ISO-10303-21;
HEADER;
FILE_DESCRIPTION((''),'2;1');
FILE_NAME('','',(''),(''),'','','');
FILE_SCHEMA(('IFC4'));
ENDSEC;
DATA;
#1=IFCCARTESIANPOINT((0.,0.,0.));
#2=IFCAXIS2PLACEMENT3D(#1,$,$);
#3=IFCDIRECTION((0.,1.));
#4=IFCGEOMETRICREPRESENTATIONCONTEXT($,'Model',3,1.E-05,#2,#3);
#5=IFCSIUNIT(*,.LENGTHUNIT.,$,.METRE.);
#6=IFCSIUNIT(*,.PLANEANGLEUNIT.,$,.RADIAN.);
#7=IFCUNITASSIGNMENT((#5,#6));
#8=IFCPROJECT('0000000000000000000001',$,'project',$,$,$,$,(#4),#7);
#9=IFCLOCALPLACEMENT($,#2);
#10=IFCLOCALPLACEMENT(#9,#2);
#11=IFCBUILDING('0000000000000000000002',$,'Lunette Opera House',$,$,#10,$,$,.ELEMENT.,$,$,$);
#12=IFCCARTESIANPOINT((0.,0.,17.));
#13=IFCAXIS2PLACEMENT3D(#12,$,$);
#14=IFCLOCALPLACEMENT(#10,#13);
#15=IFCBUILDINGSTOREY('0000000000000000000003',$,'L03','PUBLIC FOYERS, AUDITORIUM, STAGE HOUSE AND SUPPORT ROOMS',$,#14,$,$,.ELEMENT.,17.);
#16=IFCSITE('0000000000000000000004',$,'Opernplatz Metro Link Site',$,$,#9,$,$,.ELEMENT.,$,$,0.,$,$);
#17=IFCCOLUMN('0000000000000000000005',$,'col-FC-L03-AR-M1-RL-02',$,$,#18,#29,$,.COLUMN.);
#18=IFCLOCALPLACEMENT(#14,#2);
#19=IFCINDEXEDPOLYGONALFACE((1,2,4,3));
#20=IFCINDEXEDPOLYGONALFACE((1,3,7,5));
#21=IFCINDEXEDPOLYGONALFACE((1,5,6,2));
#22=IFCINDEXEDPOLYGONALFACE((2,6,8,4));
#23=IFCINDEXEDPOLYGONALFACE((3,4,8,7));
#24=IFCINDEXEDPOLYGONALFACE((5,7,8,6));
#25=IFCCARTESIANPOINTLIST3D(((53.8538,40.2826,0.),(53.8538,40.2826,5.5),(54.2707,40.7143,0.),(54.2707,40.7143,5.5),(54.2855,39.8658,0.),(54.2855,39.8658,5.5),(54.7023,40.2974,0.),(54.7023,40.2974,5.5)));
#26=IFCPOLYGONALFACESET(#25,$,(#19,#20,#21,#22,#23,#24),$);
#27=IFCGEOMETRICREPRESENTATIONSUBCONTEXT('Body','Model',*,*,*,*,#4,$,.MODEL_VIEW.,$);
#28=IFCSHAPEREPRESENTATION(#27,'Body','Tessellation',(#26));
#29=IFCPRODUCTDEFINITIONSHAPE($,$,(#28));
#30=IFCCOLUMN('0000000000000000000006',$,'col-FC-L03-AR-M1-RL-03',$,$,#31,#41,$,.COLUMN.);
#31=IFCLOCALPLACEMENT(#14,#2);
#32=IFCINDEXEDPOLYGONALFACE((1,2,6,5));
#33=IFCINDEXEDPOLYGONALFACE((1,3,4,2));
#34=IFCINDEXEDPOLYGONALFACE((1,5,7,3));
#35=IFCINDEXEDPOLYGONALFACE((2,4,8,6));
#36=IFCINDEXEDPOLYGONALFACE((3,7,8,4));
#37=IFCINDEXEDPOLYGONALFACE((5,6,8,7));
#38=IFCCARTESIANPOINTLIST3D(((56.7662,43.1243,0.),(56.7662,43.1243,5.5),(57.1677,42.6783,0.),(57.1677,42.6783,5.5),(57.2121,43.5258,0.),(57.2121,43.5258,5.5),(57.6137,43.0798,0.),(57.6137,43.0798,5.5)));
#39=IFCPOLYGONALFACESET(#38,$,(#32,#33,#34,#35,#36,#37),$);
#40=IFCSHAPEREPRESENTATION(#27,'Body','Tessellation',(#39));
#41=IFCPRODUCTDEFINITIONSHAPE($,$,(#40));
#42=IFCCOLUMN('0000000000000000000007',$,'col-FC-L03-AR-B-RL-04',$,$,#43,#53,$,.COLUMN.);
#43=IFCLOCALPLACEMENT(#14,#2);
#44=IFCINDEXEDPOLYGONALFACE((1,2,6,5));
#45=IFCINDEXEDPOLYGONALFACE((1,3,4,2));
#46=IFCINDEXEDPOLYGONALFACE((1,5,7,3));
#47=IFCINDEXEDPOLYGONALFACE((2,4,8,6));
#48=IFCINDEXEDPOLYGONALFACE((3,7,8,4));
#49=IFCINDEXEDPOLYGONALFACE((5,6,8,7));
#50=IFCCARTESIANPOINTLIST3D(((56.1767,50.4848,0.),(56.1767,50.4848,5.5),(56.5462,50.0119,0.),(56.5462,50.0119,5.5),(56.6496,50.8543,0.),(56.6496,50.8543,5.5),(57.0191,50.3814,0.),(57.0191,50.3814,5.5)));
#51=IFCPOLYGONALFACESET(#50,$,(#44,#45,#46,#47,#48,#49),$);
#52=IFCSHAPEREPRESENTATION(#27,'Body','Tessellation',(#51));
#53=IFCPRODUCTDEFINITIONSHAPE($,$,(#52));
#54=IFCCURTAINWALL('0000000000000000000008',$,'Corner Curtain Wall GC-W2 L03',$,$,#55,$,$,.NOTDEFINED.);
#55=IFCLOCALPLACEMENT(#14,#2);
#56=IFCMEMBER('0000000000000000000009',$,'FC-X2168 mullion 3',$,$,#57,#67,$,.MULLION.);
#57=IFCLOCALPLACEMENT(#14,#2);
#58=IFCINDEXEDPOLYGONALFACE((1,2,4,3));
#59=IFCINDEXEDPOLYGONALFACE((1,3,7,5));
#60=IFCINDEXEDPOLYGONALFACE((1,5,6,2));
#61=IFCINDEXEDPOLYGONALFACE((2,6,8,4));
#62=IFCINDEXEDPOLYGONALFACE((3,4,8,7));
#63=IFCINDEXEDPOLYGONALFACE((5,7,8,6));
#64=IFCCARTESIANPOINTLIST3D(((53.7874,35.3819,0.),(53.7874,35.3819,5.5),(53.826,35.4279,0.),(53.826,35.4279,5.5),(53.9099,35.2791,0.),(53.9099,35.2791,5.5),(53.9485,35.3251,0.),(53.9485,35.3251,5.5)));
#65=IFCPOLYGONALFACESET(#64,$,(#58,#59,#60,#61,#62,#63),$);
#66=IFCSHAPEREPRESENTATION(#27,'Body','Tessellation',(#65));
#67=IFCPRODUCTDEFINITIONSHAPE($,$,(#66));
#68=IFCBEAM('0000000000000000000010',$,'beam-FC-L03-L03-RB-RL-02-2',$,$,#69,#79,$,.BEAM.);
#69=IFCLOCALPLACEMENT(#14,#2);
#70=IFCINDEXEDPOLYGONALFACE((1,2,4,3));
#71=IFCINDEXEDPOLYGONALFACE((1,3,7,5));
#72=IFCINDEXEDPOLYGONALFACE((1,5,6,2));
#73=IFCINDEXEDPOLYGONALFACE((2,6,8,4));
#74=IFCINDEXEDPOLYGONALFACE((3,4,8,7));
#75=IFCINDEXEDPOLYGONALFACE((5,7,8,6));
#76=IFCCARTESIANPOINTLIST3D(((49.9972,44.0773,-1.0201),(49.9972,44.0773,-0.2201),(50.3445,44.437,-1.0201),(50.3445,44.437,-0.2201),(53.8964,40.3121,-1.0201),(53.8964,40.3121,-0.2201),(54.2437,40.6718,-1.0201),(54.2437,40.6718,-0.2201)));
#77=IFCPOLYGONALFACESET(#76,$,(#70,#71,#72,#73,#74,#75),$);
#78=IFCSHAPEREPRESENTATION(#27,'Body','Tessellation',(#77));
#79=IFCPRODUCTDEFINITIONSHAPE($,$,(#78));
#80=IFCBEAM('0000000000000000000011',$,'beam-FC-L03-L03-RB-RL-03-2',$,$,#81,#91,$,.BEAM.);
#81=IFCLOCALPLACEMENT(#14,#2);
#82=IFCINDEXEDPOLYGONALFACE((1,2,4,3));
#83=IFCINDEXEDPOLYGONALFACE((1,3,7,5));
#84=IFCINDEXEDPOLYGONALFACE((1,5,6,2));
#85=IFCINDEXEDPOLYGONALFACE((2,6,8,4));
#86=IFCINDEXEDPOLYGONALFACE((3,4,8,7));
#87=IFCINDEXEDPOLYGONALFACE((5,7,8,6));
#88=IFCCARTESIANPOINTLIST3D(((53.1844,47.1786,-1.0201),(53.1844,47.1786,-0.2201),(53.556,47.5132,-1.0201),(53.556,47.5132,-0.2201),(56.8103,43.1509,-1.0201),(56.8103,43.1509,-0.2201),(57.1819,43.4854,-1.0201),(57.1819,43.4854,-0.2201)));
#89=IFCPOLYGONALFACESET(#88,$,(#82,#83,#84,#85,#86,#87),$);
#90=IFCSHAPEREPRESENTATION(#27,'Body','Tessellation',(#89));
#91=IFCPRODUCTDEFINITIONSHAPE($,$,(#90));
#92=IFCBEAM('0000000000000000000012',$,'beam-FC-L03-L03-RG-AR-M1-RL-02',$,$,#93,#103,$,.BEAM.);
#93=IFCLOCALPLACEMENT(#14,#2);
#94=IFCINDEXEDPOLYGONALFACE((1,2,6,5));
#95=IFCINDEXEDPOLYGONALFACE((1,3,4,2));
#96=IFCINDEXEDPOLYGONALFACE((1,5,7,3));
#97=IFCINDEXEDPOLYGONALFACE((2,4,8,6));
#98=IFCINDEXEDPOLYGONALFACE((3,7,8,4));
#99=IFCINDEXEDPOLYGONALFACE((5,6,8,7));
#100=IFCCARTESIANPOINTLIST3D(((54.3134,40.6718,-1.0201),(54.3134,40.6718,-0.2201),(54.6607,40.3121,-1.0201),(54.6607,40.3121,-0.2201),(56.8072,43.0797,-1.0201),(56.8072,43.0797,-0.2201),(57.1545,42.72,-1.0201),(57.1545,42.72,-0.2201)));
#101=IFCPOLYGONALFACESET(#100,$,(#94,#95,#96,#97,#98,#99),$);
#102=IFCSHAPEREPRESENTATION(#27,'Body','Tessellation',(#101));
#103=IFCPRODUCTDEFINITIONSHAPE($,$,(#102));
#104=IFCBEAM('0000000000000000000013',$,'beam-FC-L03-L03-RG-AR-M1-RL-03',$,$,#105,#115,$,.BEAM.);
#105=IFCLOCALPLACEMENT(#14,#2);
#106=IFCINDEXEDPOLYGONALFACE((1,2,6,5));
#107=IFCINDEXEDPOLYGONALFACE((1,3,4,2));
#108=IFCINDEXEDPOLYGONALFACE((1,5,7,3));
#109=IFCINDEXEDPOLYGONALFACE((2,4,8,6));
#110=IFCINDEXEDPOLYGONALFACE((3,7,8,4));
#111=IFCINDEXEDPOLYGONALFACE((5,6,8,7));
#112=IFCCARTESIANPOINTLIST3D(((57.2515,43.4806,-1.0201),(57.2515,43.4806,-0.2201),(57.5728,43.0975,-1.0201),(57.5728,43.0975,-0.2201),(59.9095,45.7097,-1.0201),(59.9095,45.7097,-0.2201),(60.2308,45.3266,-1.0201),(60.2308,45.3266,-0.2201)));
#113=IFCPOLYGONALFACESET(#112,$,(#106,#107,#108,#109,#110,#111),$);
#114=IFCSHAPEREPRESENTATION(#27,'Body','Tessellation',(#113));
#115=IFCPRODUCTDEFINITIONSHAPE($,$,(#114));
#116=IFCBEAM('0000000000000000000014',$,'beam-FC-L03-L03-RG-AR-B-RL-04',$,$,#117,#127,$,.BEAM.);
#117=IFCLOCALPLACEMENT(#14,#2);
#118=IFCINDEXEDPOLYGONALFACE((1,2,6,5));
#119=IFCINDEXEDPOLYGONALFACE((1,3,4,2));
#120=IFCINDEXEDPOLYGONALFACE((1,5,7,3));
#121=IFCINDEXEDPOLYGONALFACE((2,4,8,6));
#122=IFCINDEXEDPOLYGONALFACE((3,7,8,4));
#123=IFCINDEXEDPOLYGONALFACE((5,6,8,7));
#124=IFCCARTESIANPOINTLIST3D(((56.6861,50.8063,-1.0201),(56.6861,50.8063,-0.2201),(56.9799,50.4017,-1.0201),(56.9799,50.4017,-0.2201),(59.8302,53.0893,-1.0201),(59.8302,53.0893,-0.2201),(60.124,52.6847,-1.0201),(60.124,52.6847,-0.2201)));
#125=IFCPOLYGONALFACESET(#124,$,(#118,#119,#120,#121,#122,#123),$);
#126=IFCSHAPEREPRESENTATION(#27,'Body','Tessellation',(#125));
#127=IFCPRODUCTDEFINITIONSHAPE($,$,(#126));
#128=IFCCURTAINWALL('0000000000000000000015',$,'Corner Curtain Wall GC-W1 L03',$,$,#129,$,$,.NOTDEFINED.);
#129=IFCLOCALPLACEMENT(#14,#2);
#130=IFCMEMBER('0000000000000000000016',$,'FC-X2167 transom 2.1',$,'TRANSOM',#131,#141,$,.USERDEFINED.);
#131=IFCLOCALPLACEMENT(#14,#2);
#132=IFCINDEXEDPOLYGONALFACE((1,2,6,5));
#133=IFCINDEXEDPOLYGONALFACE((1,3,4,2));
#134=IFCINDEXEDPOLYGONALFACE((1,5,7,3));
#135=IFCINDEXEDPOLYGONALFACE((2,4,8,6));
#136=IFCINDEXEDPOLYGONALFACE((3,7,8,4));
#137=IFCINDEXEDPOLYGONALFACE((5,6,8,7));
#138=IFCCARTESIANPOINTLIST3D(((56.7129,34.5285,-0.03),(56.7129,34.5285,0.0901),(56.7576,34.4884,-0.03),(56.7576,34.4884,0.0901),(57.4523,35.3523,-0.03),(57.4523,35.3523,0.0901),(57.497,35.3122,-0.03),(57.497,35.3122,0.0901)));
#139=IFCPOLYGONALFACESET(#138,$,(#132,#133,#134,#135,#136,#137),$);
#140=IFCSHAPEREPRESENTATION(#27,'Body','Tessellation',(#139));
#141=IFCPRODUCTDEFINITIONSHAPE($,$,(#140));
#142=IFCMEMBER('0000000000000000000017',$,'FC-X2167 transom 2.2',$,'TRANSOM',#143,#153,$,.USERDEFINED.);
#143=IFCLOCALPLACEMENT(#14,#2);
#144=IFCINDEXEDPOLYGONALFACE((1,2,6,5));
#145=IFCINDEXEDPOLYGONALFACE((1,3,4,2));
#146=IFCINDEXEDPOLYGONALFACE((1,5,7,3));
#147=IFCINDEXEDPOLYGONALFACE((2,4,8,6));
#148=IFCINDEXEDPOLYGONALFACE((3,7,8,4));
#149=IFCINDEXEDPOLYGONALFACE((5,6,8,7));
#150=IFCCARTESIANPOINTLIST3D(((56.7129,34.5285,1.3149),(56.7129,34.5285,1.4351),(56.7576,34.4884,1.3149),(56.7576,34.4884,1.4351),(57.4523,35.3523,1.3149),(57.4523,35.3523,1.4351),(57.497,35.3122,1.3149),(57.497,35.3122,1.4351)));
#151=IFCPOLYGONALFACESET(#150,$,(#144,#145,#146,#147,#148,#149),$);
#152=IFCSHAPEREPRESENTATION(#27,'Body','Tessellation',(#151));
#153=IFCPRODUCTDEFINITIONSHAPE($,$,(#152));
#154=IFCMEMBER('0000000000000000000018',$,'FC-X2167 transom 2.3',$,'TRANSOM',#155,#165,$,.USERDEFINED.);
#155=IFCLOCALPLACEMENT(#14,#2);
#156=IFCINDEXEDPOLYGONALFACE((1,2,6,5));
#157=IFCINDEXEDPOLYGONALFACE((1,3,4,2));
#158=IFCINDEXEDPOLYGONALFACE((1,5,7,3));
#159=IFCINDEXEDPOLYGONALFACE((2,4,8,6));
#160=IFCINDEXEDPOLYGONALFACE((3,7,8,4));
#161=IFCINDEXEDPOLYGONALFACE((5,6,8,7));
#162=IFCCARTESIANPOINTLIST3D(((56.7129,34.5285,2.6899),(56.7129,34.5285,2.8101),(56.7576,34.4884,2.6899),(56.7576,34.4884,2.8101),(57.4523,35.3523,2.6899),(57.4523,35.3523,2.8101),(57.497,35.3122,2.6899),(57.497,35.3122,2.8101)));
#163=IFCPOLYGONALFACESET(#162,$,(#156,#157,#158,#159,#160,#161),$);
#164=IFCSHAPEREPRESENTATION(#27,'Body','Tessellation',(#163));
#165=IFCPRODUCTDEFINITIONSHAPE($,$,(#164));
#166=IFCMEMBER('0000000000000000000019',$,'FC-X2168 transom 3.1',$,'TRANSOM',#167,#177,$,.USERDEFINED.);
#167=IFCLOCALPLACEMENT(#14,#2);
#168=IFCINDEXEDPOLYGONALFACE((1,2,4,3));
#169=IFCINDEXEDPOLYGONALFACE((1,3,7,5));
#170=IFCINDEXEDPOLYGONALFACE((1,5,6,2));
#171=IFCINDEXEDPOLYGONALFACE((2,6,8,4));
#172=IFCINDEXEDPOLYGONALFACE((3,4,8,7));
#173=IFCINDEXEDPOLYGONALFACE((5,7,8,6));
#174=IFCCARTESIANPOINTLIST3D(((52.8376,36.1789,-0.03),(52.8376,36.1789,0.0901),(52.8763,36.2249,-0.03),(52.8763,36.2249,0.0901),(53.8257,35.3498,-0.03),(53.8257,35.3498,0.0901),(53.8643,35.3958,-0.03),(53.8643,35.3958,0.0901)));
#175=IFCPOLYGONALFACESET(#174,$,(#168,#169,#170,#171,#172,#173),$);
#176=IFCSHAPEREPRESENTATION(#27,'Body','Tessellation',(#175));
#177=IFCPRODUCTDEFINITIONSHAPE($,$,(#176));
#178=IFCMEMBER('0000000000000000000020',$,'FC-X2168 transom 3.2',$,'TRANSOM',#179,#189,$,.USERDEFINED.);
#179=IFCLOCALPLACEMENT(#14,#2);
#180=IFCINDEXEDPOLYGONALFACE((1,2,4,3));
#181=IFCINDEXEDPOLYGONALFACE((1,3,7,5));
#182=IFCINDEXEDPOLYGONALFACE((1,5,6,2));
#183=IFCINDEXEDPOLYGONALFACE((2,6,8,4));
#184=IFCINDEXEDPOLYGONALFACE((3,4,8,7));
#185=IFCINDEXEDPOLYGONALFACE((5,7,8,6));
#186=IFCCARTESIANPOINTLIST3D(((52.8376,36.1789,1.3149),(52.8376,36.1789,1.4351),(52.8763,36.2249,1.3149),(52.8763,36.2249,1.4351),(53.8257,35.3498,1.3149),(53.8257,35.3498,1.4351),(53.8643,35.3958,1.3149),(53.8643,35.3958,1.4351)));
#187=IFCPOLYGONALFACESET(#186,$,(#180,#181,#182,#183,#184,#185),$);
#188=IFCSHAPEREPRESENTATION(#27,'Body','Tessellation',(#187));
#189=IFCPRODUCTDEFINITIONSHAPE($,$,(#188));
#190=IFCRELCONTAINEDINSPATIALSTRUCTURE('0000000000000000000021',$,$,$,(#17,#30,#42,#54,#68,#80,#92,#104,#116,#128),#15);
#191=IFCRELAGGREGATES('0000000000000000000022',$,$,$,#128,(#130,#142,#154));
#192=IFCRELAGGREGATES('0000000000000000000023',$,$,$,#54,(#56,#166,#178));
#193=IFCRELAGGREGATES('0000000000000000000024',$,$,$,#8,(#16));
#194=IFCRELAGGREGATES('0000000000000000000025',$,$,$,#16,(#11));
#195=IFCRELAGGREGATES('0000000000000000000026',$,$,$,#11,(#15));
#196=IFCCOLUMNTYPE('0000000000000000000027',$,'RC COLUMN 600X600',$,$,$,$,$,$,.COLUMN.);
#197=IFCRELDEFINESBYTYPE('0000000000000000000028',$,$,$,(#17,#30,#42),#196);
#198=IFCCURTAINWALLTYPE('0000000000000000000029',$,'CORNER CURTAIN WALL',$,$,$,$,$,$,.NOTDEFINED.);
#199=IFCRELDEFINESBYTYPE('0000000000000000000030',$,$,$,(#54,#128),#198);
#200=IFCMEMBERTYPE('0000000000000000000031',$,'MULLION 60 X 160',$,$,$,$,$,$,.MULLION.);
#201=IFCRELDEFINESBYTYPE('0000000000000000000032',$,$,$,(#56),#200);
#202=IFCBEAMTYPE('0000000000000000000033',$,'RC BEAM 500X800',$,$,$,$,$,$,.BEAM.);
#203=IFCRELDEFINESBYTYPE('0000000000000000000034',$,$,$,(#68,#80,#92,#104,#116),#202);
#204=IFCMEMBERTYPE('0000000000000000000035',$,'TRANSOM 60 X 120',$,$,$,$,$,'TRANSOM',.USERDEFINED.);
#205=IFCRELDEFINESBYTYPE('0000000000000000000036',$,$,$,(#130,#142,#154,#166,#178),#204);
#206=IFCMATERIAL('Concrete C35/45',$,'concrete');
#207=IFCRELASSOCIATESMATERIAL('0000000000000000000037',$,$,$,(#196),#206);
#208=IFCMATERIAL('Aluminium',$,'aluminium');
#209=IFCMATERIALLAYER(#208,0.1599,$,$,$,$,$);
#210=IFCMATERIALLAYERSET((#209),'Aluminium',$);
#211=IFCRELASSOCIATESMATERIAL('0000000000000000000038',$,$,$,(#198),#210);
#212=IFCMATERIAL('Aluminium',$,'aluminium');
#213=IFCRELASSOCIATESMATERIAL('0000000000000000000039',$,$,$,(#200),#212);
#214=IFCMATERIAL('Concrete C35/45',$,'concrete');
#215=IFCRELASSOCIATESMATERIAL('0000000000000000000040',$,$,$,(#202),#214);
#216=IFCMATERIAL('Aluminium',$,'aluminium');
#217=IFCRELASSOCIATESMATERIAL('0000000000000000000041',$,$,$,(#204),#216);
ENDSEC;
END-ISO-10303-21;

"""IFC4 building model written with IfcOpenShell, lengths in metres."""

from ifc_helpers import new_model, si_unit, direction, frame, origin, origin_2d, place, context, subcontext, project, spatial, rectangle, extrude, material, layer, layer_set, material_profile, profile_set, type_object, element, aggregate, save


model = new_model("IFC4")

# Units and contexts
model_context = context("Model", 3, precision=1e-05, world=origin(), true_north=direction((0.0, 1.0)))
body_context = subcontext(model_context, "Body", "Model", "MODEL_VIEW")
ifc_project = project(units=[si_unit("LENGTHUNIT", "METRE"), si_unit("PLANEANGLEUNIT", "RADIAN")], contexts=[model_context])

# Site, building, storey
site_placement = place(None, origin())
site = spatial("IfcSite", under=ifc_project, at=site_placement, Name="Opernplatz Metro Link Site", CompositionType="ELEMENT", RefElevation=0.0)
building_placement = place(site_placement, origin())
building = spatial("IfcBuilding", under=site, at=building_placement, Name="Lunette Opera House", CompositionType="ELEMENT")
storey_placement = place(building_placement, frame((0.0, 0.0, 17.0)))
storey = spatial("IfcBuildingStorey", under=building, at=storey_placement, Name="L03", Description="PUBLIC FOYERS, AUDITORIUM, STAGE HOUSE AND SUPPORT ROOMS", CompositionType="ELEMENT", Elevation=17.0)

# Columns
ifc_material_1 = material(Name="Concrete C35/45", Category="concrete")
ifc_material_profile_1 = material_profile(ifc_material_1, rectangle(XDim=0.6001, YDim=0.6001, at=origin_2d()), Name="RC COLUMN 600X600")
ifc_profile_set_1 = profile_set([ifc_material_profile_1], Name="Concrete C35/45")
column_type = type_object("IfcColumnType", Name="RC COLUMN 600X600", PredefinedType="COLUMN", material=ifc_profile_set_1)
for number, where, z_axis, x_axis, name in (
    (1, (54.2781, 40.29, 0.0), (0.0, 0.0, 1.0), (0.694658, 0.71934, 0.0), "col-FC-L03-AR-M1-RL-02"),
    (2, (57.1899, 43.1021, 0.0), (0.0, 0.0, 1.0), (0.743145, 0.669131, 0.0), "col-FC-L03-AR-M1-RL-03"),
    (3, (56.5979, 50.4331, 0.0), (0.0, 0.0, 1.0), (0.788011, 0.615661, 0.0), "col-FC-L03-AR-B-RL-04"),
):
    element("IfcColumn", number, at=place(storey_placement, frame(where, z_axis=z_axis, x_axis=x_axis)), inside=storey, type_object=column_type, Name=name, PredefinedType="COLUMN", context=body_context, shape_type="SweptSolid", body=[
        extrude(rectangle(XDim=0.6001, YDim=0.6001, at=origin_2d()), origin(), (0.0, 0.0, 1.0), 5.5),
    ])

# Curtain wall, member
ifc_material_2 = material(Name="Aluminium", Category="aluminium")
ifc_layer_1 = layer(ifc_material_2, 0.1599)
ifc_layer_set_1 = layer_set([ifc_layer_1], Name="Aluminium")
curtain_wall_type = type_object("IfcCurtainWallType", Name="CORNER CURTAIN WALL", PredefinedType="NOTDEFINED", material=ifc_layer_set_1)
curtain_wall_1_placement = place(storey_placement, origin())
curtain_wall_1 = element("IfcCurtainWall", 4, at=curtain_wall_1_placement, inside=storey, type_object=curtain_wall_type, Name="Corner Curtain Wall GC-W2 L03", PredefinedType="NOTDEFINED")
ifc_material_3 = material(Name="Aluminium", Category="aluminium")
ifc_material_profile_2 = material_profile(ifc_material_3, rectangle(XDim=0.0601, YDim=0.1599, at=origin_2d()), Name="MULLION 60 X 160")
ifc_profile_set_2 = profile_set([ifc_material_profile_2], Name="Aluminium")
member_type_1 = type_object("IfcMemberType", Name="MULLION 60 X 160", PredefinedType="MULLION", material=ifc_profile_set_2)
member_1_placement = place(storey_placement, frame((53.8679, 35.3535, 0.0), z_axis=(0.0, 0.0, 1.0), x_axis=(-0.64284, -0.766, 0.0)))
member_1 = element("IfcMember", 5, at=member_1_placement, type_object=member_type_1, Name="FC-X2168 mullion 3", PredefinedType="MULLION", context=body_context, shape_type="SweptSolid", body=[
    extrude(rectangle(XDim=0.0601, YDim=0.1599, at=origin_2d()), origin(), (0.0, 0.0, 1.0), 5.5),
])

# Beams
ifc_material_4 = material(Name="Concrete C35/45", Category="concrete")
ifc_material_profile_3 = material_profile(ifc_material_4, rectangle(XDim=0.5, YDim=0.8, at=origin_2d()), Name="RC BEAM 500X800")
ifc_profile_set_3 = profile_set([ifc_material_profile_3], Name="Concrete C35/45")
beam_type = type_object("IfcBeamType", Name="RC BEAM 500X800", PredefinedType="BEAM", material=ifc_profile_set_3)
beam_1_placement = place(storey_placement, frame((54.0701, 40.4919, -0.6201), z_axis=(-0.719363, 0.694635, 0.0), x_axis=(-0.694635, -0.719363, 0.0)))
element("IfcBeam", 6, at=beam_1_placement, inside=storey, type_object=beam_type, Name="beam-FC-L03-L03-RB-RL-02-2", PredefinedType="BEAM", context=body_context, shape_type="SweptSolid", body=[
    extrude(rectangle(XDim=0.5, YDim=0.8, at=origin_2d()), origin(), (0.0, 0.0, 1.0), 5.4204),
])
beam_2_placement = place(storey_placement, frame((56.9961, 43.3181, -0.6201), z_axis=(-0.669059, 0.743209, 0.0), x_axis=(-0.743209, -0.669059, 0.0)))
element("IfcBeam", 7, at=beam_2_placement, inside=storey, type_object=beam_type, Name="beam-FC-L03-L03-RB-RL-03-2", PredefinedType="BEAM", context=body_context, shape_type="SweptSolid", body=[
    extrude(rectangle(XDim=0.5, YDim=0.8, at=origin_2d()), origin(), (0.0, 0.0, 1.0), 5.4194),
])
beam_3_placement = place(storey_placement, frame((54.4871, 40.4919, -0.6201), z_axis=(0.719393, 0.694603, 0.0), x_axis=(-0.694603, 0.719393, 0.0)))
element("IfcBeam", 8, at=beam_3_placement, inside=storey, type_object=beam_type, Name="beam-FC-L03-L03-RG-AR-M1-RL-02", PredefinedType="BEAM", context=body_context, shape_type="SweptSolid", body=[
    extrude(rectangle(XDim=0.5, YDim=0.8, at=origin_2d()), origin(), (0.0, 0.0, 1.0), 3.4666),
])
beam_4_placement = place(storey_placement, frame((57.4121, 43.2891, -0.6201), z_axis=(0.766227, 0.64257, 0.0), x_axis=(-0.64257, 0.766227, 0.0)))
element("IfcBeam", 9, at=beam_4_placement, inside=storey, type_object=beam_type, Name="beam-FC-L03-L03-RG-AR-M1-RL-03", PredefinedType="BEAM", context=body_context, shape_type="SweptSolid", body=[
    extrude(rectangle(XDim=0.5, YDim=0.8, at=origin_2d()), origin(), (0.0, 0.0, 1.0), 3.469),
])
beam_5_placement = place(storey_placement, frame((56.833, 50.604, -0.6201), z_axis=(0.809179, 0.587563, 0.0), x_axis=(-0.587563, 0.809179, 0.0)))
element("IfcBeam", 10, at=beam_5_placement, inside=storey, type_object=beam_type, Name="beam-FC-L03-L03-RG-AR-B-RL-04", PredefinedType="BEAM", context=body_context, shape_type="SweptSolid", body=[
    extrude(rectangle(XDim=0.5, YDim=0.8, at=origin_2d()), origin(), (0.0, 0.0, 1.0), 3.8855),
])

# Curtain wall, members
curtain_wall_2_placement = place(storey_placement, origin())
curtain_wall_2 = element("IfcCurtainWall", 11, at=curtain_wall_2_placement, inside=storey, type_object=curtain_wall_type, Name="Corner Curtain Wall GC-W1 L03", PredefinedType="NOTDEFINED")
ifc_material_5 = material(Name="Aluminium", Category="aluminium")
ifc_material_profile_4 = material_profile(ifc_material_5, rectangle(XDim=0.0601, YDim=0.1201, at=origin_2d()), Name="TRANSOM 60 X 120")
ifc_profile_set_4 = profile_set([ifc_material_profile_4], Name="Aluminium")
member_type_2 = type_object("IfcMemberType", Name="TRANSOM 60 X 120", ElementType="TRANSOM", PredefinedType="USERDEFINED", material=ifc_profile_set_4)
member_2_placement = place(storey_placement, frame((57.4746, 35.3323, 0.03), z_axis=(-0.667916, -0.744237, 0.0), x_axis=(0.744237, -0.667916, 0.0)))
member_2 = element("IfcMember", 12, at=member_2_placement, type_object=member_type_2, Name="FC-X2167 transom 2.1", ObjectType="TRANSOM", PredefinedType="USERDEFINED", context=body_context, shape_type="SweptSolid", body=[
    extrude(rectangle(XDim=0.0601, YDim=0.1201, at=origin_2d()), origin(), (0.0, 0.0, 1.0), 1.1069),
])
member_3_placement = place(storey_placement, frame((57.4746, 35.3323, 1.375), z_axis=(-0.667916, -0.744237, 0.0), x_axis=(0.744237, -0.667916, 0.0)))
member_3 = element("IfcMember", 13, at=member_3_placement, type_object=member_type_2, Name="FC-X2167 transom 2.2", ObjectType="TRANSOM", PredefinedType="USERDEFINED", context=body_context, shape_type="SweptSolid", body=[
    extrude(rectangle(XDim=0.0601, YDim=0.1201, at=origin_2d()), origin(), (0.0, 0.0, 1.0), 1.1069),
])
member_4_placement = place(storey_placement, frame((57.4746, 35.3323, 2.75), z_axis=(-0.667916, -0.744237, 0.0), x_axis=(0.744237, -0.667916, 0.0)))
member_4 = element("IfcMember", 14, at=member_4_placement, type_object=member_type_2, Name="FC-X2167 transom 2.3", ObjectType="TRANSOM", PredefinedType="USERDEFINED", context=body_context, shape_type="SweptSolid", body=[
    extrude(rectangle(XDim=0.0601, YDim=0.1201, at=origin_2d()), origin(), (0.0, 0.0, 1.0), 1.1069),
])

# Members
member_5_placement = place(storey_placement, frame((53.845, 35.3728, 0.03), z_axis=(-0.766029, 0.642806, 0.0), x_axis=(-0.642806, -0.766029, 0.0)))
member_5 = element("IfcMember", 15, at=member_5_placement, type_object=member_type_2, Name="FC-X2168 transom 3.1", ObjectType="TRANSOM", PredefinedType="USERDEFINED", context=body_context, shape_type="SweptSolid", body=[
    extrude(rectangle(XDim=0.0601, YDim=0.1201, at=origin_2d()), origin(), (0.0, 0.0, 1.0), 1.2898),
])
member_6_placement = place(storey_placement, frame((53.845, 35.3728, 1.375), z_axis=(-0.766029, 0.642806, 0.0), x_axis=(-0.642806, -0.766029, 0.0)))
member_6 = element("IfcMember", 16, at=member_6_placement, type_object=member_type_2, Name="FC-X2168 transom 3.2", ObjectType="TRANSOM", PredefinedType="USERDEFINED", context=body_context, shape_type="SweptSolid", body=[
    extrude(rectangle(XDim=0.0601, YDim=0.1201, at=origin_2d()), origin(), (0.0, 0.0, 1.0), 1.2898),
])

aggregate(curtain_wall_2, [member_2, member_3, member_4])
aggregate(curtain_wall_1, [member_1, member_5, member_6])

save(model, "model.ifc")
